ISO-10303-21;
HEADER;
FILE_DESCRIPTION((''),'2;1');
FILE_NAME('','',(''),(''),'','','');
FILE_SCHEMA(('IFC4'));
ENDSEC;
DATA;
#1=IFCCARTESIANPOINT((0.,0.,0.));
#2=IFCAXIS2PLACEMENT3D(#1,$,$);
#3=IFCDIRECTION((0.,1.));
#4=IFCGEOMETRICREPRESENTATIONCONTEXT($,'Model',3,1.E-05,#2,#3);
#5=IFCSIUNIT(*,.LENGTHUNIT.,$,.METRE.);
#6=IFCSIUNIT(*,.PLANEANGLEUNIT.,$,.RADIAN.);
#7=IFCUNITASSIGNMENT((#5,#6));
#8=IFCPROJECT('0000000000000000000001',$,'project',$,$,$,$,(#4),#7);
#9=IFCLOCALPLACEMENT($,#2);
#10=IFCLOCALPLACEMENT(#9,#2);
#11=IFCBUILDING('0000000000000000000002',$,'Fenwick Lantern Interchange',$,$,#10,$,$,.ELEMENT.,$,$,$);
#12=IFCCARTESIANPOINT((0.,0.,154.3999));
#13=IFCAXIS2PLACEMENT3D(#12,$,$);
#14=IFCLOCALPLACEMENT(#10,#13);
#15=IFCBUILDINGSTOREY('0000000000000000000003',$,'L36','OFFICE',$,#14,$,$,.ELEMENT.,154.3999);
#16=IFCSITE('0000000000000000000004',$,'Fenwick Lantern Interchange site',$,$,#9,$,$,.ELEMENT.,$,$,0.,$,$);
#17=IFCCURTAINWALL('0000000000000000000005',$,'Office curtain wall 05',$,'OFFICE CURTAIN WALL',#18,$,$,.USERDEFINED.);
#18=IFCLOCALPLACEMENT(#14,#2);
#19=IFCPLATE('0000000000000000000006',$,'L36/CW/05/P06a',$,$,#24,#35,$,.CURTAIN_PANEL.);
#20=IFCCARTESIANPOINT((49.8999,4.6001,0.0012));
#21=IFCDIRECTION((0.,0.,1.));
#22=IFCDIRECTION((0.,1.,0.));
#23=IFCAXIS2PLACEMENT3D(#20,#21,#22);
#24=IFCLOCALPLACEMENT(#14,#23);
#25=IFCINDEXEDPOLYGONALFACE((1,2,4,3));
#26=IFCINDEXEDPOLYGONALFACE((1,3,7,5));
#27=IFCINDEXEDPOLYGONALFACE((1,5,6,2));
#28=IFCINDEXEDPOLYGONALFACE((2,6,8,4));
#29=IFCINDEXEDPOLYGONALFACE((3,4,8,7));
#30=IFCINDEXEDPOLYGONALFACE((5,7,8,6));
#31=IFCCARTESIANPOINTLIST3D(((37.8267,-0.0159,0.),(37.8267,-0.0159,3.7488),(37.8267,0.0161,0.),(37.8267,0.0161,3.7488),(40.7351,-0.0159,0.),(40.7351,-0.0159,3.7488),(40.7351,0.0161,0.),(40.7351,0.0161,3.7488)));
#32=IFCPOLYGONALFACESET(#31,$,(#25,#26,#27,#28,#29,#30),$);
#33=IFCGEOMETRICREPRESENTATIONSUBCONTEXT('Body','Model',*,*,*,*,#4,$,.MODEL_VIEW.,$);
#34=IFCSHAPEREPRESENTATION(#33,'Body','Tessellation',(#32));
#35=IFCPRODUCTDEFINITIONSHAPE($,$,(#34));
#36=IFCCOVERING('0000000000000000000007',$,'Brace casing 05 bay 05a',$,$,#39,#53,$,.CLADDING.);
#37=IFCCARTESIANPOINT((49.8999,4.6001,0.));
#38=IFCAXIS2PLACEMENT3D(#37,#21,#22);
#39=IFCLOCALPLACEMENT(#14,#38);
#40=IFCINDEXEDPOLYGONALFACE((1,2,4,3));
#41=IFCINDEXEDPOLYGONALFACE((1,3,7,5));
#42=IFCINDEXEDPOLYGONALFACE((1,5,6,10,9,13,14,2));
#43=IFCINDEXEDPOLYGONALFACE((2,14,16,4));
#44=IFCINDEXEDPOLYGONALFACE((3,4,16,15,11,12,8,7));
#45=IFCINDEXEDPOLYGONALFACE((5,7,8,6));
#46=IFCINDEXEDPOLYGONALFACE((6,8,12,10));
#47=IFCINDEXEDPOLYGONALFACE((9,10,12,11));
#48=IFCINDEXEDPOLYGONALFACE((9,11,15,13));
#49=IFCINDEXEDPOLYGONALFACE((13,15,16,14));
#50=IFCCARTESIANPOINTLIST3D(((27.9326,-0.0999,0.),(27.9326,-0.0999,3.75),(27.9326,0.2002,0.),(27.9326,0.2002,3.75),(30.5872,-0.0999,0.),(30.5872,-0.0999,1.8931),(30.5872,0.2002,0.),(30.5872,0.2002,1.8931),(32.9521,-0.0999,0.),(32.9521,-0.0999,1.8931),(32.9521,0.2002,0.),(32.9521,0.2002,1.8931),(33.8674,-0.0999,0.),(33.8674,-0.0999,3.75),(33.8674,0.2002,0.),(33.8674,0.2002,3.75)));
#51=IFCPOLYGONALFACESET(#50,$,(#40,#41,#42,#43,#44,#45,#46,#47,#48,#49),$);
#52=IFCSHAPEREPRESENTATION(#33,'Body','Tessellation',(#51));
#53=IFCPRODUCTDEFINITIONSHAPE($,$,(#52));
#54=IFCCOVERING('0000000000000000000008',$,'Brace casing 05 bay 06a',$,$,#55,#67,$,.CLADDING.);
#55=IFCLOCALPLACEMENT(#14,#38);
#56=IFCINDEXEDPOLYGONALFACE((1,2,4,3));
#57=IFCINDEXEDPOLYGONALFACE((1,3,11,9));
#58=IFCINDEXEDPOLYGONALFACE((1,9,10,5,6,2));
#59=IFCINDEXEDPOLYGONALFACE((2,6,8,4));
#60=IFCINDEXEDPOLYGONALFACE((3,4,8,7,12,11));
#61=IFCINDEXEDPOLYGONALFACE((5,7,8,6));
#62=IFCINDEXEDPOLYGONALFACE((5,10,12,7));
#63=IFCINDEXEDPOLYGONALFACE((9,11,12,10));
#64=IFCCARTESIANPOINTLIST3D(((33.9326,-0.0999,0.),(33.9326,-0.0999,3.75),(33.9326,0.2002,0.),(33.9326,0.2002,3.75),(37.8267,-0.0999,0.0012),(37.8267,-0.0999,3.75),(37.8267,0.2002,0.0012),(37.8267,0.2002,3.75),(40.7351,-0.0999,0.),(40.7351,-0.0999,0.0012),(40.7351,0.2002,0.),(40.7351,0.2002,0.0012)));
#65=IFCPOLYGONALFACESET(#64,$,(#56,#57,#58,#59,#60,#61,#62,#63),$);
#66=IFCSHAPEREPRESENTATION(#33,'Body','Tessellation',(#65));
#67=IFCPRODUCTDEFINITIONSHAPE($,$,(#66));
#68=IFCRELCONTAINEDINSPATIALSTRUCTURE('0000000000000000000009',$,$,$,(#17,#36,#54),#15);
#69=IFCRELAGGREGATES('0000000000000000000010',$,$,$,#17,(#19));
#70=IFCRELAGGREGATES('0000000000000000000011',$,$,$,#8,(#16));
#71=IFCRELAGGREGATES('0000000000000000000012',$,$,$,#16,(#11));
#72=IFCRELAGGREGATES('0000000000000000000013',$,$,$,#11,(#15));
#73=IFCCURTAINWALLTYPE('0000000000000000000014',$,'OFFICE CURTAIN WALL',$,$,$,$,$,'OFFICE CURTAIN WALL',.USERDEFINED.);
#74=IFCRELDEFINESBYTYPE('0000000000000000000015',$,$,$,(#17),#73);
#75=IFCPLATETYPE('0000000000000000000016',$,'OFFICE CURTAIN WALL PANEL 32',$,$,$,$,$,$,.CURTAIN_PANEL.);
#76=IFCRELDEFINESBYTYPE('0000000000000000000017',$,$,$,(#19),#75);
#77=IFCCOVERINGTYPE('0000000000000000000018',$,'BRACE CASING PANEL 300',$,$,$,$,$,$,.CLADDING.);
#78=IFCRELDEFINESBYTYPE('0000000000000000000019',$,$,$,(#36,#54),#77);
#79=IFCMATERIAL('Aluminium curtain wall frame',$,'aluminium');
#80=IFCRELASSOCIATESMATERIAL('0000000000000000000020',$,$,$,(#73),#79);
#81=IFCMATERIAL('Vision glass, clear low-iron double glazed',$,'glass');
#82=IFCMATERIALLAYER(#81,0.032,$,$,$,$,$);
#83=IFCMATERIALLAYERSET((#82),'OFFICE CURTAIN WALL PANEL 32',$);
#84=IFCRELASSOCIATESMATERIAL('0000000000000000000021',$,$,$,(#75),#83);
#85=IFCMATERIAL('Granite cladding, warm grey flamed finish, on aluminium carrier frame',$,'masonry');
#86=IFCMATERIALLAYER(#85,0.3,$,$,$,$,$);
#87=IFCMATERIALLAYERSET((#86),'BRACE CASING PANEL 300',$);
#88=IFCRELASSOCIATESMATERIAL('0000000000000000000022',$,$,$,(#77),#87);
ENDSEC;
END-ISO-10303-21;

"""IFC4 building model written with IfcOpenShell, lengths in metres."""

from ifc_helpers import new_model, si_unit, direction, frame, origin, place, context, subcontext, project, spatial, polyline, outline, extrude, material, layer, layer_set, type_object, element, aggregate, save


model = new_model("IFC4")

# Units and contexts
model_context = context("Model", 3, precision=1e-05, world=origin(), true_north=direction((0.0, 1.0)))
body_context = subcontext(model_context, "Body", "Model", "MODEL_VIEW")
ifc_project = project(units=[si_unit("LENGTHUNIT", "METRE"), si_unit("PLANEANGLEUNIT", "RADIAN")], contexts=[model_context])

# Site, building, storey
site_placement = place(None, origin())
site = spatial("IfcSite", under=ifc_project, at=site_placement, Name="Fenwick Lantern Interchange site", CompositionType="ELEMENT", RefElevation=0.0)
building_placement = place(site_placement, origin())
building = spatial("IfcBuilding", under=site, at=building_placement, Name="Fenwick Lantern Interchange", CompositionType="ELEMENT")
storey_placement = place(building_placement, frame((0.0, 0.0, 154.3999)))
storey = spatial("IfcBuildingStorey", under=building, at=storey_placement, Name="L36", Description="OFFICE", CompositionType="ELEMENT", Elevation=154.3999)

# Curtain wall, plate
ifc_material_1 = material(Name="Aluminium curtain wall frame", Category="aluminium")
curtain_wall_type = type_object("IfcCurtainWallType", Name="OFFICE CURTAIN WALL", ElementType="OFFICE CURTAIN WALL", PredefinedType="USERDEFINED", material=ifc_material_1)
curtain_wall_placement = place(storey_placement, origin())
curtain_wall = element("IfcCurtainWall", 1, at=curtain_wall_placement, inside=storey, type_object=curtain_wall_type, Name="Office curtain wall 05", ObjectType="OFFICE CURTAIN WALL", PredefinedType="USERDEFINED")
ifc_material_2 = material(Name="Vision glass, clear low-iron double glazed", Category="glass")
ifc_layer_1 = layer(ifc_material_2, 0.032)
ifc_layer_set_1 = layer_set([ifc_layer_1], Name="OFFICE CURTAIN WALL PANEL 32")
plate_type = type_object("IfcPlateType", Name="OFFICE CURTAIN WALL PANEL 32", PredefinedType="CURTAIN_PANEL", material=ifc_layer_set_1)
plate_placement = place(storey_placement, frame((49.8999, 4.6001, 0.0012), z_axis=(0.0, 0.0, 1.0), x_axis=(0.0, 1.0, 0.0)))
plate = element("IfcPlate", 2, at=plate_placement, type_object=plate_type, Name="L36/CW/05/P06a", PredefinedType="CURTAIN_PANEL", context=body_context, shape_type="SweptSolid", body=[
    extrude(outline(polyline([(37.8267, 0.0), (40.7351, 0.0), (40.7351, 3.7488), (37.8267, 3.7488), (37.8267, 0.0)])), frame((0.0, 0.0161, 0.0), z_axis=(0.0, -1.0, 0.0), x_axis=(1.0, 0.0, 0.0)), (0.0, 0.0, 1.0), 0.032),
])
aggregate(curtain_wall, [plate])

# Coverings
ifc_material_3 = material(Name="Granite cladding, warm grey flamed finish, on aluminium carrier frame", Category="masonry")
ifc_layer_2 = layer(ifc_material_3, 0.3)
ifc_layer_set_2 = layer_set([ifc_layer_2], Name="BRACE CASING PANEL 300")
covering_type = type_object("IfcCoveringType", Name="BRACE CASING PANEL 300", PredefinedType="CLADDING", material=ifc_layer_set_2)
covering_1_placement = place(storey_placement, frame((49.8999, 4.6001, 0.0), z_axis=(0.0, 0.0, 1.0), x_axis=(0.0, 1.0, 0.0)))
element("IfcCovering", 3, at=covering_1_placement, inside=storey, type_object=covering_type, Name="Brace casing 05 bay 05a", PredefinedType="CLADDING", context=body_context, shape_type="SweptSolid", body=[
    extrude(outline(polyline([(27.9326, 0.0), (30.5872, 0.0), (30.5872, 1.8931), (32.9521, 1.8931), (32.9521, 0.0), (33.8674, 0.0), (33.8674, 3.75), (27.9326, 3.75), (27.9326, 0.0)])), frame((0.0, 0.2002, 0.0), z_axis=(0.0, -1.0, 0.0), x_axis=(1.0, 0.0, 0.0)), (0.0, 0.0, 1.0), 0.3),
])
covering_2_placement = place(storey_placement, frame((49.8999, 4.6001, 0.0), z_axis=(0.0, 0.0, 1.0), x_axis=(0.0, 1.0, 0.0)))
element("IfcCovering", 4, at=covering_2_placement, inside=storey, type_object=covering_type, Name="Brace casing 05 bay 06a", PredefinedType="CLADDING", context=body_context, shape_type="SweptSolid", body=[
    extrude(outline(polyline([(33.9326, 0.0), (40.7351, 0.0), (40.7351, 0.0012), (37.8267, 0.0012), (37.8267, 3.75), (33.9326, 3.75), (33.9326, 0.0)])), frame((0.0, 0.2002, 0.0), z_axis=(0.0, -1.0, 0.0), x_axis=(1.0, 0.0, 0.0)), (0.0, 0.0, 1.0), 0.3),
])

save(model, "model.ifc")
